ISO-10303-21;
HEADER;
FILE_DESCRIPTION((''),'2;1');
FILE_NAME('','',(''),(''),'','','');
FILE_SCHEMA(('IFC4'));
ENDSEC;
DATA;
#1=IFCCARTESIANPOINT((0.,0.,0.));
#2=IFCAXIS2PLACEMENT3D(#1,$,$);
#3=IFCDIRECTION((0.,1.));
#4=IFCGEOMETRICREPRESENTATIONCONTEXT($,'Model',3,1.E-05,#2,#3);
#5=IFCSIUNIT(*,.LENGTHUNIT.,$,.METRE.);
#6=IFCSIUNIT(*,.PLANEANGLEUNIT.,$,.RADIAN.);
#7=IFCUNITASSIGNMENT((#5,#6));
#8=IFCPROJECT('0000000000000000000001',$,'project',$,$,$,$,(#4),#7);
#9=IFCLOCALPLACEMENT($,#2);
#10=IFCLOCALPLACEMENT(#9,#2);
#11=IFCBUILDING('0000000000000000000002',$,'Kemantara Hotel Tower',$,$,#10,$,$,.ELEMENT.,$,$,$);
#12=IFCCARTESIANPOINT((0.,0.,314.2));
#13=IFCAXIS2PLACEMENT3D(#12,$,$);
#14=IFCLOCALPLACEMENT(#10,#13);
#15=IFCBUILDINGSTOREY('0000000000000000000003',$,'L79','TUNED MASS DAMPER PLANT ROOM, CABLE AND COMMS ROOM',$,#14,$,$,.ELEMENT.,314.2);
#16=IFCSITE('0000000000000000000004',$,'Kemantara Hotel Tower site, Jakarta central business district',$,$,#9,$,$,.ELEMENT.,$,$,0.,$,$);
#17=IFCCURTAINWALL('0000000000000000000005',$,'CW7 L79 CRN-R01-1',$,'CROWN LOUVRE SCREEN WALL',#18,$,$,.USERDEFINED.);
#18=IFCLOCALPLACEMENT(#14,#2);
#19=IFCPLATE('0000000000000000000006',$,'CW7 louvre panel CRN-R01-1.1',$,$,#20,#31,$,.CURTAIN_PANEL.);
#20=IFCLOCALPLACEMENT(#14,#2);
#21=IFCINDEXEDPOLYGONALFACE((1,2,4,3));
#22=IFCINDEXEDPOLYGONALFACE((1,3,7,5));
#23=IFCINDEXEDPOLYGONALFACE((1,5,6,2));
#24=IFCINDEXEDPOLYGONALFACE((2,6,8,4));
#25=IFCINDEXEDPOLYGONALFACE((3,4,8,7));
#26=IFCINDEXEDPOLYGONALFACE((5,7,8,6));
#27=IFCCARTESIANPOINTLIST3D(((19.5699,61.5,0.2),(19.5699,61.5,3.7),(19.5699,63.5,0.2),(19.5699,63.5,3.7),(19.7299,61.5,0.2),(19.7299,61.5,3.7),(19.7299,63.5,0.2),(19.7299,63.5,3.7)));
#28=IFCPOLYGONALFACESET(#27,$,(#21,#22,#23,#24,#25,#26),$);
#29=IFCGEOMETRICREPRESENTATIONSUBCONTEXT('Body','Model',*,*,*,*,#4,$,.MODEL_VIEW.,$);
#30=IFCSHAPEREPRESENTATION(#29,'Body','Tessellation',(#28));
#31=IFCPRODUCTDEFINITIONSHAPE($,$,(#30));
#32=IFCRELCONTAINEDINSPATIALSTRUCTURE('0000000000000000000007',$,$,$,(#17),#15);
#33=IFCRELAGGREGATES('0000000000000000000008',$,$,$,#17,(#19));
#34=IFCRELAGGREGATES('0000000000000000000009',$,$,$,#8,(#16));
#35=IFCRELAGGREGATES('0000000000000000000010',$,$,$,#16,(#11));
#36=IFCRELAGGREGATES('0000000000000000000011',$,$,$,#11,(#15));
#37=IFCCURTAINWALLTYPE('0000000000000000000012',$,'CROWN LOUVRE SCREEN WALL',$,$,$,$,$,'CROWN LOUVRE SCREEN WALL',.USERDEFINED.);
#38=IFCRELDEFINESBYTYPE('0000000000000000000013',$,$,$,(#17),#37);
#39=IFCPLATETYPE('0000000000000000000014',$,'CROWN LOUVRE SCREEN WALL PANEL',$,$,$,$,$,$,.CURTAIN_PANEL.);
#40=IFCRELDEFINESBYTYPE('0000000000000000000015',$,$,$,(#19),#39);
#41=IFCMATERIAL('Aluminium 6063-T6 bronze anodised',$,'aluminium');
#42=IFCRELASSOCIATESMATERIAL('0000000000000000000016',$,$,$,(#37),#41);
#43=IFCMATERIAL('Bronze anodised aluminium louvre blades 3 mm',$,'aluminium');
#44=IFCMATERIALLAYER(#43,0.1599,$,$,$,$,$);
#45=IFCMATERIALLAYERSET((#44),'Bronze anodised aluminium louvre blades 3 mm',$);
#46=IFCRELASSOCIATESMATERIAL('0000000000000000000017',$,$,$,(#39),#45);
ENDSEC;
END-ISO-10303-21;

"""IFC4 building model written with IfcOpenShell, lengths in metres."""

from ifc_helpers import new_model, si_unit, direction, frame, origin, origin_2d, place, context, subcontext, project, spatial, rectangle, extrude, source, transform, mapped, material, layer, layer_set, type_object, element, aggregate, save


model = new_model("IFC4")

# Units and contexts
model_context = context("Model", 3, precision=1e-05, world=origin(), true_north=direction((0.0, 1.0)))
body_context = subcontext(model_context, "Body", "Model", "MODEL_VIEW")
ifc_project = project(units=[si_unit("LENGTHUNIT", "METRE"), si_unit("PLANEANGLEUNIT", "RADIAN")], contexts=[model_context])

# Site, building, storey
site_placement = place(None, origin())
site = spatial("IfcSite", under=ifc_project, at=site_placement, Name="Kemantara Hotel Tower site, Jakarta central business district", CompositionType="ELEMENT", RefElevation=0.0)
building_placement = place(site_placement, origin())
building = spatial("IfcBuilding", under=site, at=building_placement, Name="Kemantara Hotel Tower", CompositionType="ELEMENT")
storey_placement = place(building_placement, frame((0.0, 0.0, 314.2)))
storey = spatial("IfcBuildingStorey", under=building, at=storey_placement, Name="L79", Description="TUNED MASS DAMPER PLANT ROOM, CABLE AND COMMS ROOM", CompositionType="ELEMENT", Elevation=314.2)

# Curtain wall
ifc_material_1 = material(Name="Aluminium 6063-T6 bronze anodised", Category="aluminium")
curtain_wall_type = type_object("IfcCurtainWallType", Name="CROWN LOUVRE SCREEN WALL", ElementType="CROWN LOUVRE SCREEN WALL", PredefinedType="USERDEFINED", material=ifc_material_1)
curtain_wall_1_placement = place(storey_placement, origin())
curtain_wall_1 = element("IfcCurtainWall", 1, at=curtain_wall_1_placement, inside=storey, type_object=curtain_wall_type, Name="CW7 L79 CRN-R01-1", ObjectType="CROWN LOUVRE SCREEN WALL", PredefinedType="USERDEFINED")

# Plate
ifc_material_2 = material(Name="Bronze anodised aluminium louvre blades 3 mm", Category="aluminium")
ifc_layer = layer(ifc_material_2, 0.1599)
ifc_layer_set = layer_set([ifc_layer], Name="Bronze anodised aluminium louvre blades 3 mm")
plate_type = type_object("IfcPlateType", Name="CROWN LOUVRE SCREEN WALL PANEL", PredefinedType="CURTAIN_PANEL", material=ifc_layer_set)
shared_shape_1 = source(origin(), body_context, "Body", "SweptSolid", [
    extrude(rectangle(XDim=2.0, YDim=0.1599, at=origin_2d()), origin(), (0.0, 0.0, 1.0), 3.5),
])
plate_1_placement = place(storey_placement, frame((19.6499, 62.5, 0.2), z_axis=(0.0, 0.0, 1.0), x_axis=(0.0, 1.0, 0.0)))
plate_1 = element("IfcPlate", 2, at=plate_1_placement, type_object=plate_type, Name="CW7 louvre panel CRN-R01-1.1", PredefinedType="CURTAIN_PANEL", context=body_context, shape_type="MappedRepresentation", body=[
    mapped(shared_shape_1, transform((0.0, 0.0, 0.0))),
])
aggregate(curtain_wall_1, [plate_1])

save(model, "model.ifc")
